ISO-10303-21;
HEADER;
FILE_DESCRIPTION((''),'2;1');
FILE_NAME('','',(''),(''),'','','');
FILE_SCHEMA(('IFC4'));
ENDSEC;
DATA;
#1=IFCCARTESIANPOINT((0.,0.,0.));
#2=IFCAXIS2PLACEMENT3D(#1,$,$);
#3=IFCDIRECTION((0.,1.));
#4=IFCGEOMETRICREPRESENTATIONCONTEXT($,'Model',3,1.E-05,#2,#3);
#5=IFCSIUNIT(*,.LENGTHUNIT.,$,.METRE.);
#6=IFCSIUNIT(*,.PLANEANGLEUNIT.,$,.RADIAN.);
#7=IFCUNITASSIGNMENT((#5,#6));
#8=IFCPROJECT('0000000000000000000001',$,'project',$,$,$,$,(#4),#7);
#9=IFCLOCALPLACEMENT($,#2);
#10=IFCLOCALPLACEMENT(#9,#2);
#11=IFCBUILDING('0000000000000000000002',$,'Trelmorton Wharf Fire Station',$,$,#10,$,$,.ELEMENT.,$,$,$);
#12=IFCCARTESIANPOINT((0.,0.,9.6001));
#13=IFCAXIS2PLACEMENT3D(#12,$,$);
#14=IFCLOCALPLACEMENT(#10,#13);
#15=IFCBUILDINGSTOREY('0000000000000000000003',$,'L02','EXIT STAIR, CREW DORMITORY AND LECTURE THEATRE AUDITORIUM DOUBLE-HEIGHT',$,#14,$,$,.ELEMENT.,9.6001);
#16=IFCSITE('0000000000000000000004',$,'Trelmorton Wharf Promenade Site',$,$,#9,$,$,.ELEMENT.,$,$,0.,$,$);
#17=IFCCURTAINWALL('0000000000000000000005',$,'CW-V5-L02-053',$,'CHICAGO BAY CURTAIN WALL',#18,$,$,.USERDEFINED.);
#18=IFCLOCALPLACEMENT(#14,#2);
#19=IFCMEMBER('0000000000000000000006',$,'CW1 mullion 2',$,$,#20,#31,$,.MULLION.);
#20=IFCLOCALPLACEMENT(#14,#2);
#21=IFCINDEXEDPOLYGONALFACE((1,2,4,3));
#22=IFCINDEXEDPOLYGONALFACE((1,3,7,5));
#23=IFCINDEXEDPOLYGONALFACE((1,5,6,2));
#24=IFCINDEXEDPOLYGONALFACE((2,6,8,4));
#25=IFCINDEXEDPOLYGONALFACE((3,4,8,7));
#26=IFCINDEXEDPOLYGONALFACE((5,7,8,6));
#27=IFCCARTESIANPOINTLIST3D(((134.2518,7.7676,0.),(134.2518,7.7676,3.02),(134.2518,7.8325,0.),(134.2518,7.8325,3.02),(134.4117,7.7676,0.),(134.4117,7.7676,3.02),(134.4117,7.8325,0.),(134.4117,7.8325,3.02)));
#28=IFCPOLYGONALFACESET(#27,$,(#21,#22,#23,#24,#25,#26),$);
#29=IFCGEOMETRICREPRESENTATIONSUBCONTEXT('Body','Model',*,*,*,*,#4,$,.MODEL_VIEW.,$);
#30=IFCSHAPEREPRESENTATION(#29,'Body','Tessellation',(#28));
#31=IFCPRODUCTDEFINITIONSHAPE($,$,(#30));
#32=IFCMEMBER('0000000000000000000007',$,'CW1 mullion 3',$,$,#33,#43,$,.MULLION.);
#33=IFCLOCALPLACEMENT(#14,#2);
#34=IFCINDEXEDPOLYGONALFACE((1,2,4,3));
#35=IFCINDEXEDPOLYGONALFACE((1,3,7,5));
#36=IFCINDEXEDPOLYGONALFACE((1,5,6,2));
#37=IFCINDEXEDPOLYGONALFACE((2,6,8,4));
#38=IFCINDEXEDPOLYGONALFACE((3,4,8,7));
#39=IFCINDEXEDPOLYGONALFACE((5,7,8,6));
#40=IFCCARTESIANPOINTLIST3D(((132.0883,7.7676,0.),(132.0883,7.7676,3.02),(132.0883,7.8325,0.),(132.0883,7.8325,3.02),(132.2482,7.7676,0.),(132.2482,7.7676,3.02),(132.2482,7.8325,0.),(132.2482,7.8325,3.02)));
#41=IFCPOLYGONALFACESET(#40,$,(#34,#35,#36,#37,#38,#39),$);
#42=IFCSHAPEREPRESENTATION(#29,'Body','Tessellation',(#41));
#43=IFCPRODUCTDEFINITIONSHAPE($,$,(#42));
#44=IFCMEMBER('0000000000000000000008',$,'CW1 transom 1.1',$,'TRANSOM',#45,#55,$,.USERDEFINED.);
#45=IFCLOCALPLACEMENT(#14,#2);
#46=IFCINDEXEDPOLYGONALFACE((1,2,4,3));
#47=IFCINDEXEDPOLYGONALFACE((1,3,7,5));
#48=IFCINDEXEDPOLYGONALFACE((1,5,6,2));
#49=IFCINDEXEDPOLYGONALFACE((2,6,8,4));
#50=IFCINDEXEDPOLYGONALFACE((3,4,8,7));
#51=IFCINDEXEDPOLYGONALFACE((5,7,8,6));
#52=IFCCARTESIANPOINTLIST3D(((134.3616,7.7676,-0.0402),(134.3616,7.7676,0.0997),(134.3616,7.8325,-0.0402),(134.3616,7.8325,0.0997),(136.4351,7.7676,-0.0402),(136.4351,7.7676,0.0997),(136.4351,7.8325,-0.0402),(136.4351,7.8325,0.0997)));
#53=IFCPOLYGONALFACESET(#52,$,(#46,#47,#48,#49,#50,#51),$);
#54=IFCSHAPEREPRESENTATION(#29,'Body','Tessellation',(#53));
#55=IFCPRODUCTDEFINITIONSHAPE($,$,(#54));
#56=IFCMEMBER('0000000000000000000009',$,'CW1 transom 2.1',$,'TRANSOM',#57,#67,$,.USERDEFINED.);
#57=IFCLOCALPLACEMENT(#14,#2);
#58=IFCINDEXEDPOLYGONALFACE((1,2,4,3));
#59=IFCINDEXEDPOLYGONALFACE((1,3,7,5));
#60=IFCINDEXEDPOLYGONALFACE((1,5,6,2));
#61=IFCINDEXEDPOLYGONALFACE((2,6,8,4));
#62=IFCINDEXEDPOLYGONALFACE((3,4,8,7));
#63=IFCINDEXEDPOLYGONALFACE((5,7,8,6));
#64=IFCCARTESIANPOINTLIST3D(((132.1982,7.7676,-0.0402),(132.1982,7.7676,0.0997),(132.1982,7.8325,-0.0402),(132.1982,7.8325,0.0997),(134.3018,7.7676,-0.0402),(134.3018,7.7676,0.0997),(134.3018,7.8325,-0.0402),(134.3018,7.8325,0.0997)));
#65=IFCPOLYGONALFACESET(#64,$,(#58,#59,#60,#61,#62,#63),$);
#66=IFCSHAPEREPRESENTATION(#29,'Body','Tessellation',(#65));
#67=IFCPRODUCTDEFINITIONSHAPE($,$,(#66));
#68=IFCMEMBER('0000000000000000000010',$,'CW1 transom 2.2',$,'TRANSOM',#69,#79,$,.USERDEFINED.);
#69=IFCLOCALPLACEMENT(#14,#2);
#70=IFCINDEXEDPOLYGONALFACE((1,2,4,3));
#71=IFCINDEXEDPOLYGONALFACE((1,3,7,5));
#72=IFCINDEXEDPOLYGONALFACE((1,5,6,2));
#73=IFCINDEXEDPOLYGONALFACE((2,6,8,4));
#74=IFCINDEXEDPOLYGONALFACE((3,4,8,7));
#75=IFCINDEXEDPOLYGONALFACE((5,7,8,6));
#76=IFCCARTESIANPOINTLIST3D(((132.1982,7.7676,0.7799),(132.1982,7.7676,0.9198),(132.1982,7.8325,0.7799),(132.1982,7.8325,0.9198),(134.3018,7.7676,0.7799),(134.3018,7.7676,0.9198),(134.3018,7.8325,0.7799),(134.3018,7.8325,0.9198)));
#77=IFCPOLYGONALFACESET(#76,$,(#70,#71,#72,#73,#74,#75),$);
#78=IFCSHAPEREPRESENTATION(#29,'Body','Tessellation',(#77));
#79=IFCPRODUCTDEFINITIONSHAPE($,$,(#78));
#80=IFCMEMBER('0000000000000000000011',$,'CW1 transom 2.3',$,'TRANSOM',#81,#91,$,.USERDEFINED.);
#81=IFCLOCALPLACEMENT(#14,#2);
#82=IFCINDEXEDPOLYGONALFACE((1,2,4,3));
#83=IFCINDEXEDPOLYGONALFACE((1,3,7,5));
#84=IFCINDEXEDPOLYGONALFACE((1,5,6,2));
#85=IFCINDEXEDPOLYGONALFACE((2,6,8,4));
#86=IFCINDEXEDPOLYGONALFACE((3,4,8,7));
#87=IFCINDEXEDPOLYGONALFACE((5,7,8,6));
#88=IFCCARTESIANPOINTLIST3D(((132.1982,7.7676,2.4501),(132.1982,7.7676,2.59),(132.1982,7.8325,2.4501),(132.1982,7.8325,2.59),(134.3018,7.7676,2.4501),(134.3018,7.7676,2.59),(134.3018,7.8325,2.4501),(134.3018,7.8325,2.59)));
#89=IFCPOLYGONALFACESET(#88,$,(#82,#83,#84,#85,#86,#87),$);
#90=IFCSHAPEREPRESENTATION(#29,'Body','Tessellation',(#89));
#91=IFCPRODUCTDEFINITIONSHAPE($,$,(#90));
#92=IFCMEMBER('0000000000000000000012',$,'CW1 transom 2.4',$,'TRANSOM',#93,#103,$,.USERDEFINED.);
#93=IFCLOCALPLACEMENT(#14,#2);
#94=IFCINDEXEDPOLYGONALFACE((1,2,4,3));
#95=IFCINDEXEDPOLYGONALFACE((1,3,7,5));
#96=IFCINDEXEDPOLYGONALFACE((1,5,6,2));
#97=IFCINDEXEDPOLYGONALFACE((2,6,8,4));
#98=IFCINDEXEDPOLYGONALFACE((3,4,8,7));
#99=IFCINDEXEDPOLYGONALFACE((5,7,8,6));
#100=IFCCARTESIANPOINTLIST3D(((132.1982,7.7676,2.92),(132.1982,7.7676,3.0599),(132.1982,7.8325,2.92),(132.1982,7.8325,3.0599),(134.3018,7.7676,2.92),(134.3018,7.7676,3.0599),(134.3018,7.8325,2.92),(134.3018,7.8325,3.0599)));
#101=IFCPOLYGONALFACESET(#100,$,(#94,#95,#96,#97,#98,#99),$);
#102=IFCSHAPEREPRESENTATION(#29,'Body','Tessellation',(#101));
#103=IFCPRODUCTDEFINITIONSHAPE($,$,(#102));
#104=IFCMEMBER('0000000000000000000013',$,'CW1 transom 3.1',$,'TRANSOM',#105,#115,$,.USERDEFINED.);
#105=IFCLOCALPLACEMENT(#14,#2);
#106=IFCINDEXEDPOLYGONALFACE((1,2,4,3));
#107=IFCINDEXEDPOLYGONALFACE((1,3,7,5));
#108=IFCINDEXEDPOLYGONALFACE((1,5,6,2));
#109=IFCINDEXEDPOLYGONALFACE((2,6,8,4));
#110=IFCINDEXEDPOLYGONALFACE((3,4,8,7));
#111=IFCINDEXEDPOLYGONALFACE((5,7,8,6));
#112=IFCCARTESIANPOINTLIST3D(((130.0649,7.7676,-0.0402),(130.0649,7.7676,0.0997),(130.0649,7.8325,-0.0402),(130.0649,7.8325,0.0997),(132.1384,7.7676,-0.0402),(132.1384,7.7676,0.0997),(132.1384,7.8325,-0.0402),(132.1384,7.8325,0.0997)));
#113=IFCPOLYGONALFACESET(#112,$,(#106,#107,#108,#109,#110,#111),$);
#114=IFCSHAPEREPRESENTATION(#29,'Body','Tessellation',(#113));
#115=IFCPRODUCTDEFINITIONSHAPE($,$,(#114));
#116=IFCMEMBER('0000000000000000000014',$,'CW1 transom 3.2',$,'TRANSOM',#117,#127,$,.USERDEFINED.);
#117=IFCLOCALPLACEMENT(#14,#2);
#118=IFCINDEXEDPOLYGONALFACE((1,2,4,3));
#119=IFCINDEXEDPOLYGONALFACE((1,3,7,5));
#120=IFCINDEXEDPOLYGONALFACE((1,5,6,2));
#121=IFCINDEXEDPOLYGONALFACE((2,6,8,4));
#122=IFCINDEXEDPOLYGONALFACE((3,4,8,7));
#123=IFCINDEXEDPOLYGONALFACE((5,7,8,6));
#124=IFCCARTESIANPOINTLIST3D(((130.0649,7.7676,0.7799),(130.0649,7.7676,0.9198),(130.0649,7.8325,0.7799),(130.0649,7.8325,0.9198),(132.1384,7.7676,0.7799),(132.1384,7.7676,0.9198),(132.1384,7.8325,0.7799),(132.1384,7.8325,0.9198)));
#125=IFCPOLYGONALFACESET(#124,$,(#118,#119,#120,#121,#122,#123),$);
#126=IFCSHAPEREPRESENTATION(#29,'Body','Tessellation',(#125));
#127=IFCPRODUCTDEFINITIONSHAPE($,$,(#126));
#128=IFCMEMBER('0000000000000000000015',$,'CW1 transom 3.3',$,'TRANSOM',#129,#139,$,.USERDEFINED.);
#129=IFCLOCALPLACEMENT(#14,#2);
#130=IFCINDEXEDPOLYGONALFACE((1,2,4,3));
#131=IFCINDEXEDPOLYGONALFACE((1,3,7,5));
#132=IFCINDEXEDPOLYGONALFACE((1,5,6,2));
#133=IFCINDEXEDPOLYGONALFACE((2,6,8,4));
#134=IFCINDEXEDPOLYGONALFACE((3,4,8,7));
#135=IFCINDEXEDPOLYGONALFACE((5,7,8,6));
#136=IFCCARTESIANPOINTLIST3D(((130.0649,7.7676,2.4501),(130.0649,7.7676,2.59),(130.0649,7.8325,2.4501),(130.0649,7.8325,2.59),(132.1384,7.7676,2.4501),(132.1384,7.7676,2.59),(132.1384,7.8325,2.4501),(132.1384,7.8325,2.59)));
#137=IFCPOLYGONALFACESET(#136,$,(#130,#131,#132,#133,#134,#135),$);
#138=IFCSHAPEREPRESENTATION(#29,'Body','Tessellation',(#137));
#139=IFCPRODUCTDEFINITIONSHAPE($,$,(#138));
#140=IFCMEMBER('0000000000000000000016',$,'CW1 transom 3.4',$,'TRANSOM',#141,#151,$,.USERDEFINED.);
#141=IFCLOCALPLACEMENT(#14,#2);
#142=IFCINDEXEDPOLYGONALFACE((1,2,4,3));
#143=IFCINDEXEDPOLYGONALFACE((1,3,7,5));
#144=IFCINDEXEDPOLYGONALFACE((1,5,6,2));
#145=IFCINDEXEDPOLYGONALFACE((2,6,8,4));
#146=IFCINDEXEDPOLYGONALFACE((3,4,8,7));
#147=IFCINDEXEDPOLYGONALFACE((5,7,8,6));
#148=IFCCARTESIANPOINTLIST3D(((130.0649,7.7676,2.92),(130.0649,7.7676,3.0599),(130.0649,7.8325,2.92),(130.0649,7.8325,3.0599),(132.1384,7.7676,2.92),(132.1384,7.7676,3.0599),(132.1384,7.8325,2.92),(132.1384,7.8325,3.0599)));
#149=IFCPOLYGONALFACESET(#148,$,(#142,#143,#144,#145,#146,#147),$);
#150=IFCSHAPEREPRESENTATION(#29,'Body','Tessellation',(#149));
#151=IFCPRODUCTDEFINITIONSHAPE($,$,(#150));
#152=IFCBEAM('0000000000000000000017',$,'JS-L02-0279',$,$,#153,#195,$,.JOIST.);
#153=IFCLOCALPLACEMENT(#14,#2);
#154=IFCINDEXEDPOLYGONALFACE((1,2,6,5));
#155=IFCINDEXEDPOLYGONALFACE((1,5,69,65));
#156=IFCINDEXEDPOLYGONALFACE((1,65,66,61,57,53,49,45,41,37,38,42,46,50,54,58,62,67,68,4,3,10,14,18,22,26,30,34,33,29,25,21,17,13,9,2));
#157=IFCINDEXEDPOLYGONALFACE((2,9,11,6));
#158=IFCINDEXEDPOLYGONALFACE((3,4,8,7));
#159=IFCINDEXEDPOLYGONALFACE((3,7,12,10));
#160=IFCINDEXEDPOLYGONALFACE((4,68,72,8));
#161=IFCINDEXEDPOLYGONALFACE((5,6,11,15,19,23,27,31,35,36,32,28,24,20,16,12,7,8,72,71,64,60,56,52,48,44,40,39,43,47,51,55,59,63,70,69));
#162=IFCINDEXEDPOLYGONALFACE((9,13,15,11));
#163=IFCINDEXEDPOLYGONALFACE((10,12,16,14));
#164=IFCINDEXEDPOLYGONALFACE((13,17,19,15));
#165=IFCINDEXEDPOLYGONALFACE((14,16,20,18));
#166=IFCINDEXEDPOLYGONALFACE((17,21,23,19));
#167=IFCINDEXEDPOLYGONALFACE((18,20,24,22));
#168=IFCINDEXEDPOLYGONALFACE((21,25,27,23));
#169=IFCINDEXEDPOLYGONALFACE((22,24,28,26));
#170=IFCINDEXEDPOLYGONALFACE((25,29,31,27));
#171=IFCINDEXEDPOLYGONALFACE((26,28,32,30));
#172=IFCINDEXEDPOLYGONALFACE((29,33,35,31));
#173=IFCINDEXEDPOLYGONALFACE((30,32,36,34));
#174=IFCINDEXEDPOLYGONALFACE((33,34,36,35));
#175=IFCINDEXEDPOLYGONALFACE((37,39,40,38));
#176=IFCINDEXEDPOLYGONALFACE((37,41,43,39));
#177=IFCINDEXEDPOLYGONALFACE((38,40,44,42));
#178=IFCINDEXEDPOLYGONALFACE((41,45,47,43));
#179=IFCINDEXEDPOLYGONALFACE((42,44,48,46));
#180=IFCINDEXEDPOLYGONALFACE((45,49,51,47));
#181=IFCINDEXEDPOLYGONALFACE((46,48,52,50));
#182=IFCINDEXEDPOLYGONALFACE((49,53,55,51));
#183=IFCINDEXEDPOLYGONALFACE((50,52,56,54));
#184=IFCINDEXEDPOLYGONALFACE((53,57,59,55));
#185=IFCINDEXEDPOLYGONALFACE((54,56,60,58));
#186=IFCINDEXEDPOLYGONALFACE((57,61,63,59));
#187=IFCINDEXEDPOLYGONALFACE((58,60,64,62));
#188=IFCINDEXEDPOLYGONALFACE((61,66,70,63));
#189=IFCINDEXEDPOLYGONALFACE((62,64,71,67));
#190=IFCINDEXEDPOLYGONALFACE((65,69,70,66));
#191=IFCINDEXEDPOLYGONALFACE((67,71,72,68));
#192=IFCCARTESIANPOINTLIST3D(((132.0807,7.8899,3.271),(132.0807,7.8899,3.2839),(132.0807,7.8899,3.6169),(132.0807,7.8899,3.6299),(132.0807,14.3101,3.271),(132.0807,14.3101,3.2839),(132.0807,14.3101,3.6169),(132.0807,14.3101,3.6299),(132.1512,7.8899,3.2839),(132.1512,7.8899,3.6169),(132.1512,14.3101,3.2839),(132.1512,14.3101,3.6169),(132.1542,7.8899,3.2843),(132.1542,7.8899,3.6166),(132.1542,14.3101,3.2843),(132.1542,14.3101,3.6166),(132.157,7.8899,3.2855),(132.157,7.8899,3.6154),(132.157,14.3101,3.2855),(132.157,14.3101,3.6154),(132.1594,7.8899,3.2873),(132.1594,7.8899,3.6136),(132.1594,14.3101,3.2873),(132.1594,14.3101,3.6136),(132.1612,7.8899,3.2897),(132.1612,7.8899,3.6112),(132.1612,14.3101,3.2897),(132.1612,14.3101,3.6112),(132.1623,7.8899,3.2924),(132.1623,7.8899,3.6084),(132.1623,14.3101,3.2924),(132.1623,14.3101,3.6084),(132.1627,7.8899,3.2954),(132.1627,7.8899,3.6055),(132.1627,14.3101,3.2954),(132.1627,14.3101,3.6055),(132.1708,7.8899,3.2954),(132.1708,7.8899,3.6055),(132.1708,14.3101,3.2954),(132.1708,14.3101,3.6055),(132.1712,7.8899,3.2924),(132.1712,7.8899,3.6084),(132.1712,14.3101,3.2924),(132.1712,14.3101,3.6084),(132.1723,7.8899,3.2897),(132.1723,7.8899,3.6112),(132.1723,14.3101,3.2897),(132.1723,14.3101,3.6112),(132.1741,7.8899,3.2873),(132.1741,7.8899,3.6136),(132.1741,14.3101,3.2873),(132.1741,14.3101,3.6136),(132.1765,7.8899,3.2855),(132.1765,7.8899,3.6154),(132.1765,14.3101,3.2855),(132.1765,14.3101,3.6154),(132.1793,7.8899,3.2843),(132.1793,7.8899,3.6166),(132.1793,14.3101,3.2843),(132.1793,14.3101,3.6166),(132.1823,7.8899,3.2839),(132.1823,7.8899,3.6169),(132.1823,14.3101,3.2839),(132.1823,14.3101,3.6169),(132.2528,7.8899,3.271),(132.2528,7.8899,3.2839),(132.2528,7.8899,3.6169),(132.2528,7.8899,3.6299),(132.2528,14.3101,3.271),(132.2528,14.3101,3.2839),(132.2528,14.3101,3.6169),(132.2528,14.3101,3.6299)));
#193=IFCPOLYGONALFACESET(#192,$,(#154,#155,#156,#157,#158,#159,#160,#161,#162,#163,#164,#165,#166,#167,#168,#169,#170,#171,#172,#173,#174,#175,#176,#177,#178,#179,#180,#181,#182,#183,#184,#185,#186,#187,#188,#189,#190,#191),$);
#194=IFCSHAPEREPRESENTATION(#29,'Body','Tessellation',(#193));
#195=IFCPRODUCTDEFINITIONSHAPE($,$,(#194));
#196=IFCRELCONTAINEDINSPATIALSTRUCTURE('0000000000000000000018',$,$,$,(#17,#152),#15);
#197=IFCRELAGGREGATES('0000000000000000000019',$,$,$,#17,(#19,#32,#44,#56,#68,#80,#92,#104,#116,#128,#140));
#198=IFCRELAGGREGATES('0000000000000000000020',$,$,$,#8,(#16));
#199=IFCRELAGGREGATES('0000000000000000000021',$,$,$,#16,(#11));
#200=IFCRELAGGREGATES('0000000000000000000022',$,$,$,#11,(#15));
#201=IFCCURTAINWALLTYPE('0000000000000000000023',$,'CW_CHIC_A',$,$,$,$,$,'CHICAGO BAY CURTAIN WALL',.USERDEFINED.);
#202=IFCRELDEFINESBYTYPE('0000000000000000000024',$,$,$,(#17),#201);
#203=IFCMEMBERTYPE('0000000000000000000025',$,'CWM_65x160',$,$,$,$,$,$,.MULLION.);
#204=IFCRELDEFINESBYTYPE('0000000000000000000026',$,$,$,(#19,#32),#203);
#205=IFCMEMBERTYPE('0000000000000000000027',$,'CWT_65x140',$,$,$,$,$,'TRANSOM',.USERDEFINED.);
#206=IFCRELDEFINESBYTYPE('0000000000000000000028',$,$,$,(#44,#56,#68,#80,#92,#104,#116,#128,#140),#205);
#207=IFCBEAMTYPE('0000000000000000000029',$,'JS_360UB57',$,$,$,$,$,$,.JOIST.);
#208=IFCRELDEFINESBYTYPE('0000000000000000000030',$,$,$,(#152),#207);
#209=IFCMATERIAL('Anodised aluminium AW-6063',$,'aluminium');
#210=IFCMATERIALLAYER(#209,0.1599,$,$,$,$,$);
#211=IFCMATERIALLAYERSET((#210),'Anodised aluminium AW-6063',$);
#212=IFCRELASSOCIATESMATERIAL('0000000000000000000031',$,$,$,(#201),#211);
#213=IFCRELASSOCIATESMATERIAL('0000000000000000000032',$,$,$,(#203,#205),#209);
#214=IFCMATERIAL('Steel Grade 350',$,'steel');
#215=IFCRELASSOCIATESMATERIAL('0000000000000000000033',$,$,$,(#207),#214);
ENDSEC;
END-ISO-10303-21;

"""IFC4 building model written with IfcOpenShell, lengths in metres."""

from ifc_helpers import new_model, si_unit, direction, frame, origin, origin_2d, place, context, subcontext, project, spatial, rectangle, i_section, extrude, material, layer, layer_set, material_profile, profile_set, type_object, element, aggregate, save


model = new_model("IFC4")

# Units and contexts
model_context = context("Model", 3, precision=1e-05, world=origin(), true_north=direction((0.0, 1.0)))
body_context = subcontext(model_context, "Body", "Model", "MODEL_VIEW")
ifc_project = project(units=[si_unit("LENGTHUNIT", "METRE"), si_unit("PLANEANGLEUNIT", "RADIAN")], contexts=[model_context])

# Site, building, storey
site_placement = place(None, origin())
site = spatial("IfcSite", under=ifc_project, at=site_placement, Name="Trelmorton Wharf Promenade Site", CompositionType="ELEMENT", RefElevation=0.0)
building_placement = place(site_placement, origin())
building = spatial("IfcBuilding", under=site, at=building_placement, Name="Trelmorton Wharf Fire Station", CompositionType="ELEMENT")
storey_placement = place(building_placement, frame((0.0, 0.0, 9.6001)))
storey = spatial("IfcBuildingStorey", under=building, at=storey_placement, Name="L02", Description="EXIT STAIR, CREW DORMITORY AND LECTURE THEATRE AUDITORIUM DOUBLE-HEIGHT", CompositionType="ELEMENT", Elevation=9.6001)

# Curtain wall, members
ifc_material_1 = material(Name="Anodised aluminium AW-6063", Category="aluminium")
ifc_layer_1 = layer(ifc_material_1, 0.1599)
ifc_layer_set_1 = layer_set([ifc_layer_1], Name="Anodised aluminium AW-6063")
curtain_wall_type = type_object("IfcCurtainWallType", Name="CW_CHIC_A", ElementType="CHICAGO BAY CURTAIN WALL", PredefinedType="USERDEFINED", material=ifc_layer_set_1)
curtain_wall_placement = place(storey_placement, origin())
curtain_wall = element("IfcCurtainWall", 1, at=curtain_wall_placement, inside=storey, type_object=curtain_wall_type, Name="CW-V5-L02-053", ObjectType="CHICAGO BAY CURTAIN WALL", PredefinedType="USERDEFINED")
ifc_material_profile_1 = material_profile(ifc_material_1, rectangle(XDim=0.0649, YDim=0.1599, at=origin_2d()), Name="ALU-65x160")
ifc_profile_set_1 = profile_set([ifc_material_profile_1], Name="Anodised aluminium AW-6063")
member_type_1 = type_object("IfcMemberType", Name="CWM_65x160", PredefinedType="MULLION", material=ifc_profile_set_1)
member_1_placement = place(storey_placement, frame((134.3318, 7.8, 0.0), z_axis=(0.0, 0.0, 1.0), x_axis=(0.0, -1.0, 0.0)))
member_1 = element("IfcMember", 2, at=member_1_placement, type_object=member_type_1, Name="CW1 mullion 2", PredefinedType="MULLION", context=body_context, shape_type="SweptSolid", body=[
    extrude(rectangle(XDim=0.0649, YDim=0.1599, at=origin_2d()), origin(), (0.0, 0.0, 1.0), 3.02),
])
member_2_placement = place(storey_placement, frame((132.1682, 7.8, 0.0), z_axis=(0.0, 0.0, 1.0), x_axis=(0.0, -1.0, 0.0)))
member_2 = element("IfcMember", 3, at=member_2_placement, type_object=member_type_1, Name="CW1 mullion 3", PredefinedType="MULLION", context=body_context, shape_type="SweptSolid", body=[
    extrude(rectangle(XDim=0.0649, YDim=0.1599, at=origin_2d()), origin(), (0.0, 0.0, 1.0), 3.02),
])
ifc_material_profile_2 = material_profile(ifc_material_1, rectangle(XDim=0.0649, YDim=0.1399, at=origin_2d()), Name="ALU-65x140")
ifc_profile_set_2 = profile_set([ifc_material_profile_2], Name="Anodised aluminium AW-6063")
member_type_2 = type_object("IfcMemberType", Name="CWT_65x140", ElementType="TRANSOM", PredefinedType="USERDEFINED", material=ifc_profile_set_2)
member_3_placement = place(storey_placement, frame((136.4351, 7.8, 0.0298), z_axis=(-1.0, 0.0, 0.0), x_axis=(0.0, -1.0, 0.0)))
member_3 = element("IfcMember", 4, at=member_3_placement, type_object=member_type_2, Name="CW1 transom 1.1", ObjectType="TRANSOM", PredefinedType="USERDEFINED", context=body_context, shape_type="SweptSolid", body=[
    extrude(rectangle(XDim=0.0649, YDim=0.1399, at=origin_2d()), origin(), (0.0, 0.0, 1.0), 2.0735),
])
member_4_placement = place(storey_placement, frame((134.3018, 7.8, 0.0298), z_axis=(-1.0, 0.0, 0.0), x_axis=(0.0, -1.0, 0.0)))
member_4 = element("IfcMember", 5, at=member_4_placement, type_object=member_type_2, Name="CW1 transom 2.1", ObjectType="TRANSOM", PredefinedType="USERDEFINED", context=body_context, shape_type="SweptSolid", body=[
    extrude(rectangle(XDim=0.0649, YDim=0.1399, at=origin_2d()), origin(), (0.0, 0.0, 1.0), 2.1035),
])
member_5_placement = place(storey_placement, frame((134.3018, 7.8, 0.8499), z_axis=(-1.0, 0.0, 0.0), x_axis=(0.0, -1.0, 0.0)))
member_5 = element("IfcMember", 6, at=member_5_placement, type_object=member_type_2, Name="CW1 transom 2.2", ObjectType="TRANSOM", PredefinedType="USERDEFINED", context=body_context, shape_type="SweptSolid", body=[
    extrude(rectangle(XDim=0.0649, YDim=0.1399, at=origin_2d()), origin(), (0.0, 0.0, 1.0), 2.1035),
])
member_6_placement = place(storey_placement, frame((134.3018, 7.8, 2.52), z_axis=(-1.0, 0.0, 0.0), x_axis=(0.0, -1.0, 0.0)))
member_6 = element("IfcMember", 7, at=member_6_placement, type_object=member_type_2, Name="CW1 transom 2.3", ObjectType="TRANSOM", PredefinedType="USERDEFINED", context=body_context, shape_type="SweptSolid", body=[
    extrude(rectangle(XDim=0.0649, YDim=0.1399, at=origin_2d()), origin(), (0.0, 0.0, 1.0), 2.1035),
])
member_7_placement = place(storey_placement, frame((134.3018, 7.8, 2.99), z_axis=(-1.0, 0.0, 0.0), x_axis=(0.0, -1.0, 0.0)))
member_7 = element("IfcMember", 8, at=member_7_placement, type_object=member_type_2, Name="CW1 transom 2.4", ObjectType="TRANSOM", PredefinedType="USERDEFINED", context=body_context, shape_type="SweptSolid", body=[
    extrude(rectangle(XDim=0.0649, YDim=0.1399, at=origin_2d()), origin(), (0.0, 0.0, 1.0), 2.1035),
])
member_8_placement = place(storey_placement, frame((132.1384, 7.8, 0.0298), z_axis=(-1.0, 0.0, 0.0), x_axis=(0.0, -1.0, 0.0)))
member_8 = element("IfcMember", 9, at=member_8_placement, type_object=member_type_2, Name="CW1 transom 3.1", ObjectType="TRANSOM", PredefinedType="USERDEFINED", context=body_context, shape_type="SweptSolid", body=[
    extrude(rectangle(XDim=0.0649, YDim=0.1399, at=origin_2d()), origin(), (0.0, 0.0, 1.0), 2.0735),
])
member_9_placement = place(storey_placement, frame((132.1384, 7.8, 0.8499), z_axis=(-1.0, 0.0, 0.0), x_axis=(0.0, -1.0, 0.0)))
member_9 = element("IfcMember", 10, at=member_9_placement, type_object=member_type_2, Name="CW1 transom 3.2", ObjectType="TRANSOM", PredefinedType="USERDEFINED", context=body_context, shape_type="SweptSolid", body=[
    extrude(rectangle(XDim=0.0649, YDim=0.1399, at=origin_2d()), origin(), (0.0, 0.0, 1.0), 2.0735),
])
member_10_placement = place(storey_placement, frame((132.1384, 7.8, 2.52), z_axis=(-1.0, 0.0, 0.0), x_axis=(0.0, -1.0, 0.0)))
member_10 = element("IfcMember", 11, at=member_10_placement, type_object=member_type_2, Name="CW1 transom 3.3", ObjectType="TRANSOM", PredefinedType="USERDEFINED", context=body_context, shape_type="SweptSolid", body=[
    extrude(rectangle(XDim=0.0649, YDim=0.1399, at=origin_2d()), origin(), (0.0, 0.0, 1.0), 2.0735),
])
member_11_placement = place(storey_placement, frame((132.1384, 7.8, 2.99), z_axis=(-1.0, 0.0, 0.0), x_axis=(0.0, -1.0, 0.0)))
member_11 = element("IfcMember", 12, at=member_11_placement, type_object=member_type_2, Name="CW1 transom 3.4", ObjectType="TRANSOM", PredefinedType="USERDEFINED", context=body_context, shape_type="SweptSolid", body=[
    extrude(rectangle(XDim=0.0649, YDim=0.1399, at=origin_2d()), origin(), (0.0, 0.0, 1.0), 2.0735),
])

# Beam
ifc_material_2 = material(Name="Steel Grade 350", Category="steel")
ifc_material_profile_3 = material_profile(ifc_material_2, i_section(OverallWidth=0.1721, OverallDepth=0.3589, WebThickness=0.0081, FlangeThickness=0.0129, FilletRadius=0.0115, at=origin_2d()), Name="360UB56.7")
ifc_profile_set_3 = profile_set([ifc_material_profile_3], Name="Steel Grade 350")
beam_type = type_object("IfcBeamType", Name="JS_360UB57", PredefinedType="JOIST", material=ifc_profile_set_3)
for number, where, z_axis, x_axis, name in (
    (13, (132.1667, 7.8899, 3.4504), (0.0, 1.0, 0.0), (-1.0, 0.0, 0.0), "JS-L02-0279"),
):
    element("IfcBeam", number, at=place(storey_placement, frame(where, z_axis=z_axis, x_axis=x_axis)), inside=storey, type_object=beam_type, Name=name, PredefinedType="JOIST", context=body_context, shape_type="SweptSolid", body=[
        extrude(i_section(OverallWidth=0.1721, OverallDepth=0.3589, WebThickness=0.0081, FlangeThickness=0.0129, FilletRadius=0.0115, at=origin_2d()), origin(), (0.0, 0.0, 1.0), 6.4202),
    ])

aggregate(curtain_wall, [member_1, member_2, member_3, member_4, member_5, member_6, member_7, member_8, member_9, member_10, member_11])

save(model, "model.ifc")
